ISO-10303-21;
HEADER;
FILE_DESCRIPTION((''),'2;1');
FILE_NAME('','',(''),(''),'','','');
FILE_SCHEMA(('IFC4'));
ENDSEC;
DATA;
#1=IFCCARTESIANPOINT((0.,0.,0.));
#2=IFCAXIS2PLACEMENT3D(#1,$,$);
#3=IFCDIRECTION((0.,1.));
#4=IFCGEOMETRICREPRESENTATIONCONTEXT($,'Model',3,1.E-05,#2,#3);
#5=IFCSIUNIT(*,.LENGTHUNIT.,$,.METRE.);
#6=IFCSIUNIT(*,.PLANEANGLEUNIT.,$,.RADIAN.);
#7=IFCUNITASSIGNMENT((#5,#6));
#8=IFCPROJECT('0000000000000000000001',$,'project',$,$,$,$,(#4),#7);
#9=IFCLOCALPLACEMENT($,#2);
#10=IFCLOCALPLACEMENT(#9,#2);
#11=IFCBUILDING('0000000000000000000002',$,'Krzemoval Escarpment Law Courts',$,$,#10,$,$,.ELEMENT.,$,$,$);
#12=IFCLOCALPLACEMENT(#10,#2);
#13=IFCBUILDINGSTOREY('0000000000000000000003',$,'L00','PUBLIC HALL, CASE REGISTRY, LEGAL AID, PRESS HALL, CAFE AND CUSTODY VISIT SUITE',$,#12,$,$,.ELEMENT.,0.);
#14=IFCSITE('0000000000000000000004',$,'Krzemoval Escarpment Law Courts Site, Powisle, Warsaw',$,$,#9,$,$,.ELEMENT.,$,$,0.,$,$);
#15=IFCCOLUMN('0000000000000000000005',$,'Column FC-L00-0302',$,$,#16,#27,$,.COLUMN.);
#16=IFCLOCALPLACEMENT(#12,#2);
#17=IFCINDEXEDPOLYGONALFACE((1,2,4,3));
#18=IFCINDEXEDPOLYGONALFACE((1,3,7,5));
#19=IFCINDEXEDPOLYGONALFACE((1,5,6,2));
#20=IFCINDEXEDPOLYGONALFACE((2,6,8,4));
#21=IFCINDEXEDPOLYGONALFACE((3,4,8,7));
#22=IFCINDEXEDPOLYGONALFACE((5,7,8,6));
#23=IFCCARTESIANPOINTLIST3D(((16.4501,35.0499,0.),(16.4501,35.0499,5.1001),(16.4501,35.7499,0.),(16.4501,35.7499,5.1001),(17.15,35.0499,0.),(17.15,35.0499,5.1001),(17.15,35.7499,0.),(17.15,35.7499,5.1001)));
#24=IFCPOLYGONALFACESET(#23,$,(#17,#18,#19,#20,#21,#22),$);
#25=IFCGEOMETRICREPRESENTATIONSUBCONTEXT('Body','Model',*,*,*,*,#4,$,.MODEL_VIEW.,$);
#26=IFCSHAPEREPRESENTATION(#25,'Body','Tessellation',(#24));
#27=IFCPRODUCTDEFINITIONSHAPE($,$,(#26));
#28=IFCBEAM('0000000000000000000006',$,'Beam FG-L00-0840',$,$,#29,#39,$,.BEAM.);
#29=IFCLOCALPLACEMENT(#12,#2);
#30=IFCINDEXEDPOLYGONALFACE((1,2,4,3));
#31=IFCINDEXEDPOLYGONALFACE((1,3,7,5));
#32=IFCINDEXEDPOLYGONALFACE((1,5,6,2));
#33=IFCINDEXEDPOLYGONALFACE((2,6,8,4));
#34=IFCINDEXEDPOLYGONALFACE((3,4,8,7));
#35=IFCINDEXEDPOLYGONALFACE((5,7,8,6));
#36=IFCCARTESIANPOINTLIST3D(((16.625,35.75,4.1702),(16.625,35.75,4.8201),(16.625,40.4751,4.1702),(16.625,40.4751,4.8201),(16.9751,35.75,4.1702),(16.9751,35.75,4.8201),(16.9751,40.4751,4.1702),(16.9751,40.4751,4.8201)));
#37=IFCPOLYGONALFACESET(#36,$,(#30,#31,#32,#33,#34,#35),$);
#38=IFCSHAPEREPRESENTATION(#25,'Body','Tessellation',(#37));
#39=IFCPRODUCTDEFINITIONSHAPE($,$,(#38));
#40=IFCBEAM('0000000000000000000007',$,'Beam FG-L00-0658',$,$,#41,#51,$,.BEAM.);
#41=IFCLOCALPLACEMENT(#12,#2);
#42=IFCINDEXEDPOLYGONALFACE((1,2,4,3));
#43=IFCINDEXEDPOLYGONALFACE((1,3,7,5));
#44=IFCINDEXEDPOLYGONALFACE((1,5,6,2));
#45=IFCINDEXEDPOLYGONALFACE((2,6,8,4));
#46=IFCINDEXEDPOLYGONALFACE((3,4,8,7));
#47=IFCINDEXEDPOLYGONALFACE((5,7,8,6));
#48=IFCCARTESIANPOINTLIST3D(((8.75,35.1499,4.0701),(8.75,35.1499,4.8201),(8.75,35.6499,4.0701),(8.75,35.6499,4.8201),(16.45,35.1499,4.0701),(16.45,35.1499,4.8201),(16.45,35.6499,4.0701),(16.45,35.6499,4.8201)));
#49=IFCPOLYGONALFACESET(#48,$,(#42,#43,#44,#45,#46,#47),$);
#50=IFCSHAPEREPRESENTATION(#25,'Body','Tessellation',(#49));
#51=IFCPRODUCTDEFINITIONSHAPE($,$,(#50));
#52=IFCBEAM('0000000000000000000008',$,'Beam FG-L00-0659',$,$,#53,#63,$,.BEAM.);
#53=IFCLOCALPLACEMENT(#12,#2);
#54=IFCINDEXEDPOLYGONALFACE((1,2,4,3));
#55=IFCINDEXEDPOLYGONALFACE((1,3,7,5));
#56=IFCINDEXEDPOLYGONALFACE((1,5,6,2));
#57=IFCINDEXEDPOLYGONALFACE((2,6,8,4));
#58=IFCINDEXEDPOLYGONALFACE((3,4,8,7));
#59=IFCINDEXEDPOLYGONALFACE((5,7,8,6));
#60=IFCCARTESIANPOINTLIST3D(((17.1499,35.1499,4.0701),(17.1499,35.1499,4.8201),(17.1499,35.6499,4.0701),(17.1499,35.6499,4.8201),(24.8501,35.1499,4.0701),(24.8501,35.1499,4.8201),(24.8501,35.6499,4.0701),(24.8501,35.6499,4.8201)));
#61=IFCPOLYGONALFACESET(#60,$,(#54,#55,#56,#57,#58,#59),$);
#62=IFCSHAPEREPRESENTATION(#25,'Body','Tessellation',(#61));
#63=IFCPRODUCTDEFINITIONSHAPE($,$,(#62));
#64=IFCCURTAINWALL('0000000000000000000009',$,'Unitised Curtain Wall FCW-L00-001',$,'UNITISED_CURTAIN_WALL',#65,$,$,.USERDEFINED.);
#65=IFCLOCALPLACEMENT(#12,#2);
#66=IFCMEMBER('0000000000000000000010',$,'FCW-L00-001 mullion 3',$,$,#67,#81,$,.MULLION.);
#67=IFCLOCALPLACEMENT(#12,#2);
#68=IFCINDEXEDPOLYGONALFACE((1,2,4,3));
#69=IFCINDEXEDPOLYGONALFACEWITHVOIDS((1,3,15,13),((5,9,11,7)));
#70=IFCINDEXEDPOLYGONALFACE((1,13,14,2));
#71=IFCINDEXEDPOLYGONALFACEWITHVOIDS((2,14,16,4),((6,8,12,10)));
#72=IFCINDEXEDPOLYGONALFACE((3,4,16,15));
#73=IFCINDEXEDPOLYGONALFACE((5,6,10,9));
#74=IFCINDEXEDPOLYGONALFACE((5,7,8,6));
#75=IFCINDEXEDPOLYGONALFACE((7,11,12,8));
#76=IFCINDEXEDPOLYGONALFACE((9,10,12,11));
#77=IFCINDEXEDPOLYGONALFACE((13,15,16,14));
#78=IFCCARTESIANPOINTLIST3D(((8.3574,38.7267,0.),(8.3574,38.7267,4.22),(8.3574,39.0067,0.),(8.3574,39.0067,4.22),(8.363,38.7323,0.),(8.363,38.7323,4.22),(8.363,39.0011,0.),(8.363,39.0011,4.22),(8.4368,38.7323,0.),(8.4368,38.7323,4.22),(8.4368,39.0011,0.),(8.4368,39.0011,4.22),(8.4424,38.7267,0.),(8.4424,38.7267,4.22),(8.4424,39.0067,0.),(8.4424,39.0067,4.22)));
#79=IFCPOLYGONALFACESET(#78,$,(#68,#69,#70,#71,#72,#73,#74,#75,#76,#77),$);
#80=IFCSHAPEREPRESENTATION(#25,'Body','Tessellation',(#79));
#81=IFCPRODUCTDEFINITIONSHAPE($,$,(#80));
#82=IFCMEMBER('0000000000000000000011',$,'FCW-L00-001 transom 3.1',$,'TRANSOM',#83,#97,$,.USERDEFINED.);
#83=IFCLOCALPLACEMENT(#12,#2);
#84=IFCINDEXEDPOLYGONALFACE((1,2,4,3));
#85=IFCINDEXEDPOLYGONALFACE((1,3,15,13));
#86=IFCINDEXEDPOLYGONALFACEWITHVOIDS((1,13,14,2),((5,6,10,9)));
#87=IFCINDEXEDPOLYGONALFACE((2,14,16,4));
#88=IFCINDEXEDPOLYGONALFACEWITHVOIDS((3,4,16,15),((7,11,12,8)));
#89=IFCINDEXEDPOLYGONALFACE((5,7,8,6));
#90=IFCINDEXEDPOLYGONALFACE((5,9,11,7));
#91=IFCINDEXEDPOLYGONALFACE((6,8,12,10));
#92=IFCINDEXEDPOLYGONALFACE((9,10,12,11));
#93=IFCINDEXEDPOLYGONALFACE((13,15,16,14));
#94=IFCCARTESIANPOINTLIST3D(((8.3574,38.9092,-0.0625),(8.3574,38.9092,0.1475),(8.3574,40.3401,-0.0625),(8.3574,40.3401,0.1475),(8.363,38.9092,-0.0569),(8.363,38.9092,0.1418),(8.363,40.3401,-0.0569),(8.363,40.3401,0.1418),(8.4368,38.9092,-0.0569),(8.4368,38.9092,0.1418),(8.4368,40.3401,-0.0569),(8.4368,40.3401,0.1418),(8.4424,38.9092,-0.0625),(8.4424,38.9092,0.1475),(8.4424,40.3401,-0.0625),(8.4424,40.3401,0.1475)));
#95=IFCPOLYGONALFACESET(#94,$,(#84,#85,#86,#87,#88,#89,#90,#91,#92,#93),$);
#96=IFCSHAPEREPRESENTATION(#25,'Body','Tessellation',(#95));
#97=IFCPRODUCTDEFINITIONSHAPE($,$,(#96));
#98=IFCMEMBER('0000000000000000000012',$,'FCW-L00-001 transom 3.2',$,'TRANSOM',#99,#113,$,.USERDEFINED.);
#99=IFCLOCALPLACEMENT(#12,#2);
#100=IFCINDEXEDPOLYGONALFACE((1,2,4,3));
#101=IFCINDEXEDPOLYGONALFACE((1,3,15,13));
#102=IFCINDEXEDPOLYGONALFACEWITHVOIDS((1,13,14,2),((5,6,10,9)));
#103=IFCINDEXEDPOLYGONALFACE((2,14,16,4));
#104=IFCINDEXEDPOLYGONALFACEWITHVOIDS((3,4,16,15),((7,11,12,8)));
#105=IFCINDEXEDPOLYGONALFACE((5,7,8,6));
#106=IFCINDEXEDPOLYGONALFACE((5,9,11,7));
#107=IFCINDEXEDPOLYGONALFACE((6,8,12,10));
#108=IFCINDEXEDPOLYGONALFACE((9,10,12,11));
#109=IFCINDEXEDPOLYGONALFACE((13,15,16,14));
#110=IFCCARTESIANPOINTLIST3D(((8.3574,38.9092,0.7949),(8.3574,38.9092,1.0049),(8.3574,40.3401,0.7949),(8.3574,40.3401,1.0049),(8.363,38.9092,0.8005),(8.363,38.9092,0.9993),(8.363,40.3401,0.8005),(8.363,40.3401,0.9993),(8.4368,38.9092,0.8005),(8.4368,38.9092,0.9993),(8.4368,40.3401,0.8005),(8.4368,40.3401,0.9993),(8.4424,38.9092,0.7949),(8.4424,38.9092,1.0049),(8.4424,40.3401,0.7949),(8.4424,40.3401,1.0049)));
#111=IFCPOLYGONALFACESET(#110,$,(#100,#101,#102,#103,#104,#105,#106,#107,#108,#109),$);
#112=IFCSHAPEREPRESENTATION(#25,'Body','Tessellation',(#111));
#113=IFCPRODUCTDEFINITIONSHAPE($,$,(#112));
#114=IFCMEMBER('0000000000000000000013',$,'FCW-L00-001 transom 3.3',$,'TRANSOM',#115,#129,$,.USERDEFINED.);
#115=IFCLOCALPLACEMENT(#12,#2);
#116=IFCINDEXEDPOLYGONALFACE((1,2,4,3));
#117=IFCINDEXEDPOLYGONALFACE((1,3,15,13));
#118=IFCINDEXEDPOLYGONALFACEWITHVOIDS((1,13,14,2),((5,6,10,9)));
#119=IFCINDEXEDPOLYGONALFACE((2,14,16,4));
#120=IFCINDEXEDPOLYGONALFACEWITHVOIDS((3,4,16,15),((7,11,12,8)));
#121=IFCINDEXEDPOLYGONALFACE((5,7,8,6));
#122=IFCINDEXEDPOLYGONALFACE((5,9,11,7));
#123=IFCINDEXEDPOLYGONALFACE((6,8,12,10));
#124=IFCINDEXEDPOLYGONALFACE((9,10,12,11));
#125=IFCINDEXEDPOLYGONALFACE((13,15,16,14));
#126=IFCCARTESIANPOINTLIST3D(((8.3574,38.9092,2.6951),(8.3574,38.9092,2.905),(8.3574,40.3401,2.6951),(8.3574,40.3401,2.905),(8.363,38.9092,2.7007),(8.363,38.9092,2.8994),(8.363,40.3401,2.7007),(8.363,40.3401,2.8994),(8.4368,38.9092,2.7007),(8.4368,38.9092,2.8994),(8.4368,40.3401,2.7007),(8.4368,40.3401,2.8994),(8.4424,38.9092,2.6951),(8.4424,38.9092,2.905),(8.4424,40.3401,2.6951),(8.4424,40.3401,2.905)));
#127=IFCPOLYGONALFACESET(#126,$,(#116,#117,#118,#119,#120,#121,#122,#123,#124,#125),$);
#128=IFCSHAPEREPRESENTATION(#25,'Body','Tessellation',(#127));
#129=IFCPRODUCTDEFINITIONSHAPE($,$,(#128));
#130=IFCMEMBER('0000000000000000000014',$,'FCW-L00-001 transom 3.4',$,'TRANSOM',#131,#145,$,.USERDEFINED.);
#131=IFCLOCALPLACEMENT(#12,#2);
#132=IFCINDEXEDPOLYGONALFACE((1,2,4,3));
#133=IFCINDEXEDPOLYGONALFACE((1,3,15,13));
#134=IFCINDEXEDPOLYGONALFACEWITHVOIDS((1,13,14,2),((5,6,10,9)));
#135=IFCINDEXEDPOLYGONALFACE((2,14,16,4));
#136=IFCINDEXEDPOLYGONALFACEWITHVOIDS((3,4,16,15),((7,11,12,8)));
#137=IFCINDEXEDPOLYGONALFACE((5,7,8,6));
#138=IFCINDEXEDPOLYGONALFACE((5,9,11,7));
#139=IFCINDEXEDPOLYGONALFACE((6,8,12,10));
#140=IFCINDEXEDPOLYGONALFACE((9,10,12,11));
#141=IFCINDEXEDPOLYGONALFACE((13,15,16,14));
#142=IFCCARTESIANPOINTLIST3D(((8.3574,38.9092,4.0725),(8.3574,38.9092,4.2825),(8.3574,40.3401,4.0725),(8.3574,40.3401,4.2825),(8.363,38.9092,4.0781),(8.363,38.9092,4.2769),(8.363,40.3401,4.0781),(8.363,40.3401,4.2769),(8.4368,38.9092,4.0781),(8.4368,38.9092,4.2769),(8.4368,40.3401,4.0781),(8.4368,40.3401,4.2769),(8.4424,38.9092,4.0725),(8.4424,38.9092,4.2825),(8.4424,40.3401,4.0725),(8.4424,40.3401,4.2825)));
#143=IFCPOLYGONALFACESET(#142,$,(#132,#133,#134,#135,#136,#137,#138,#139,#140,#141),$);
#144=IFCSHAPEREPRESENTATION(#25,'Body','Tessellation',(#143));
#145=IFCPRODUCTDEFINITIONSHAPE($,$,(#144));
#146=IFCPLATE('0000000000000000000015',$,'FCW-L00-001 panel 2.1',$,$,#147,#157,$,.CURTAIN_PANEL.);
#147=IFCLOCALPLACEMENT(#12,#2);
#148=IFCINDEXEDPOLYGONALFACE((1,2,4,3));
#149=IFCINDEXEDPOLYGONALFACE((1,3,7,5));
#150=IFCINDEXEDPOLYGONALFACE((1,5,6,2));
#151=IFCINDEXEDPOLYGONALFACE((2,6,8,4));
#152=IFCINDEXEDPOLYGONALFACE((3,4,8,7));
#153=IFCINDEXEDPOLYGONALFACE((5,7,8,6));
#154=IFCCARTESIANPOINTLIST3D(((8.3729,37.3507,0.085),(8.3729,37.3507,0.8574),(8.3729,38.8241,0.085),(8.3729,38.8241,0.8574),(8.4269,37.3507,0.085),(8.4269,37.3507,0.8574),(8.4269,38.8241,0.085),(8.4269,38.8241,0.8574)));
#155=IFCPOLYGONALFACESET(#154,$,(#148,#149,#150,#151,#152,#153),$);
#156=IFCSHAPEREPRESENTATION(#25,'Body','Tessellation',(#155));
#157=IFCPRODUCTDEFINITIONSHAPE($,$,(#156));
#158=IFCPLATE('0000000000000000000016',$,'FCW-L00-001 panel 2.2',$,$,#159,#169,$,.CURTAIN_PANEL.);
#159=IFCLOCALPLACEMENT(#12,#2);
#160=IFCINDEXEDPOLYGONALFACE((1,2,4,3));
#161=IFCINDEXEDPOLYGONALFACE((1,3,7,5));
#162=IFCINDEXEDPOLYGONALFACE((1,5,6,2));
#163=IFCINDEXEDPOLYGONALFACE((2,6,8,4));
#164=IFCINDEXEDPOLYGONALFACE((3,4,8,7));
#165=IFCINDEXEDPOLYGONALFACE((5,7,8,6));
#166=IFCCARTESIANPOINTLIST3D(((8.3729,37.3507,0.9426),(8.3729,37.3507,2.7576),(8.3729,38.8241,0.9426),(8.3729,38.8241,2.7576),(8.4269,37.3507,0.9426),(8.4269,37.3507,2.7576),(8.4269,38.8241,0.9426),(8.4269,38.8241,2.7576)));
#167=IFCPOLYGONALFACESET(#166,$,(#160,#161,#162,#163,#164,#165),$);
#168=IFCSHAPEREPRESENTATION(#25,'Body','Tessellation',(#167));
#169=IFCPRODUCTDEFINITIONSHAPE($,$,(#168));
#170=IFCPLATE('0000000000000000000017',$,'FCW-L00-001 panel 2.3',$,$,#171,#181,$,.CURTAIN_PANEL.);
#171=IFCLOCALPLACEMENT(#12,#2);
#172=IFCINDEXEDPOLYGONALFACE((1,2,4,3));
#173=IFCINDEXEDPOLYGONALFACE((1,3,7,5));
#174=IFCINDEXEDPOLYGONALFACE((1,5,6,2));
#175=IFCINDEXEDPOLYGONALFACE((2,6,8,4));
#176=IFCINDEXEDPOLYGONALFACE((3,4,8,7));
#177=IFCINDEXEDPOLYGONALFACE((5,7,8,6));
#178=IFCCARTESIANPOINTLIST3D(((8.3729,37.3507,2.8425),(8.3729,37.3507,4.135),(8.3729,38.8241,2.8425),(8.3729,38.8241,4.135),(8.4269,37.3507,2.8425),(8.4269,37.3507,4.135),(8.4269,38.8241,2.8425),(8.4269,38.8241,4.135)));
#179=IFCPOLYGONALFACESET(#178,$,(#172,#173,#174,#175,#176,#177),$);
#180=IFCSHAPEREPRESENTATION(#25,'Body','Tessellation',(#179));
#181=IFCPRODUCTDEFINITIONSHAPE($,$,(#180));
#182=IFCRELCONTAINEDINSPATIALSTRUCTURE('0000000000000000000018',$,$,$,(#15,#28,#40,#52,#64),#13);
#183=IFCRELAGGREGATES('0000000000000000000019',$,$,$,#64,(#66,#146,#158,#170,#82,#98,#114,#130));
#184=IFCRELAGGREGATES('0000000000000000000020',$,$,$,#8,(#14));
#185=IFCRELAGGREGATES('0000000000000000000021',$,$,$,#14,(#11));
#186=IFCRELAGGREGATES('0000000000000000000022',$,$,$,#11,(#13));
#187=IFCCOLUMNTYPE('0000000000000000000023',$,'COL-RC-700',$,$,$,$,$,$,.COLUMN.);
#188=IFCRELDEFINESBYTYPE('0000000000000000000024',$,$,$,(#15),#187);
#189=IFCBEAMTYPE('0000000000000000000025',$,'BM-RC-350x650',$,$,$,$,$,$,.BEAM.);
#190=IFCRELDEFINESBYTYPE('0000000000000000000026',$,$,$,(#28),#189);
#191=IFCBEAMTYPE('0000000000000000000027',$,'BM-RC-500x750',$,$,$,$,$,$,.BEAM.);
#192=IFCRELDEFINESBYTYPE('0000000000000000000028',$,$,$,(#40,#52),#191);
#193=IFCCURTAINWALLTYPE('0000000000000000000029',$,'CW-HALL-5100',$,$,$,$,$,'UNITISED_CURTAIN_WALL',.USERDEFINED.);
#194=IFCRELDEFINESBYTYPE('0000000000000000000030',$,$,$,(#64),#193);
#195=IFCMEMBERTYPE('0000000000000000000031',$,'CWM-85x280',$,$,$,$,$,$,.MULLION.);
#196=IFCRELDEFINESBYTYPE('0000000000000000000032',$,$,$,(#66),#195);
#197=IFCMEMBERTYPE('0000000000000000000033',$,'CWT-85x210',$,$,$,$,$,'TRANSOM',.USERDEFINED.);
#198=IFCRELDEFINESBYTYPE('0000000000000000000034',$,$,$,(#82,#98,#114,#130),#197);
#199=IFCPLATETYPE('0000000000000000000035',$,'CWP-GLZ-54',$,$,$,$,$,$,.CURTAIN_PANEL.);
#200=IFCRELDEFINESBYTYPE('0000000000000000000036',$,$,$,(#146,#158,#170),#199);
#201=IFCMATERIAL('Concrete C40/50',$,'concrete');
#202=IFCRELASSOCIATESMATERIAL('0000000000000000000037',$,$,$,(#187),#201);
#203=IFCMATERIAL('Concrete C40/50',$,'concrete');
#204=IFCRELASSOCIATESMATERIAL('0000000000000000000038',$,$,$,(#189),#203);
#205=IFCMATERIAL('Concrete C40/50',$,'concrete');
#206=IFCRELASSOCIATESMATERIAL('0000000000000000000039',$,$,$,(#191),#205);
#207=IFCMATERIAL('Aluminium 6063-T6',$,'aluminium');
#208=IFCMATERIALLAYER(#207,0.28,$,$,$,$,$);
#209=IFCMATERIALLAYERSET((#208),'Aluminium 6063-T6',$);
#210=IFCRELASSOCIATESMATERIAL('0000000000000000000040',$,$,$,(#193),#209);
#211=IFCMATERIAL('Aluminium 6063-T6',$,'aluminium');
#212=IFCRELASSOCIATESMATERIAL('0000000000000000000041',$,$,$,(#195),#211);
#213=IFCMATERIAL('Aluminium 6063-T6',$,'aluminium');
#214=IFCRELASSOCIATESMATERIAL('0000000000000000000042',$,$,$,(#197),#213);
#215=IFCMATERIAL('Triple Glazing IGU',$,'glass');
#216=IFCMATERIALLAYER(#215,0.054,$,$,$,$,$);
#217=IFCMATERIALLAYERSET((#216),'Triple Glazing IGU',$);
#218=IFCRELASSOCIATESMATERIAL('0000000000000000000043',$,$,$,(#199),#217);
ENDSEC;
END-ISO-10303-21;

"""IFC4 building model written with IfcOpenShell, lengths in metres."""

from ifc_helpers import new_model, si_unit, direction, frame, origin, origin_2d, place, context, subcontext, project, spatial, rectangle, hollow_rectangle, extrude, material, layer, layer_set, material_profile, profile_set, type_object, element, aggregate, save


model = new_model("IFC4")

# Units and contexts
model_context = context("Model", 3, precision=1e-05, world=origin(), true_north=direction((0.0, 1.0)))
body_context = subcontext(model_context, "Body", "Model", "MODEL_VIEW")
ifc_project = project(units=[si_unit("LENGTHUNIT", "METRE"), si_unit("PLANEANGLEUNIT", "RADIAN")], contexts=[model_context])

# Site, building, storey
site_placement = place(None, origin())
site = spatial("IfcSite", under=ifc_project, at=site_placement, Name="Krzemoval Escarpment Law Courts Site, Powisle, Warsaw", CompositionType="ELEMENT", RefElevation=0.0)
building_placement = place(site_placement, origin())
building = spatial("IfcBuilding", under=site, at=building_placement, Name="Krzemoval Escarpment Law Courts", CompositionType="ELEMENT")
storey_placement = place(building_placement, origin())
storey = spatial("IfcBuildingStorey", under=building, at=storey_placement, Name="L00", Description="PUBLIC HALL, CASE REGISTRY, LEGAL AID, PRESS HALL, CAFE AND CUSTODY VISIT SUITE", CompositionType="ELEMENT", Elevation=0.0)

# Column
ifc_material_1 = material(Name="Concrete C40/50", Category="concrete")
ifc_material_profile_1 = material_profile(ifc_material_1, rectangle(XDim=0.7, YDim=0.7, at=origin_2d()), Name="RC 700x700")
ifc_profile_set_1 = profile_set([ifc_material_profile_1], Name="Concrete C40/50")
column_type = type_object("IfcColumnType", Name="COL-RC-700", PredefinedType="COLUMN", material=ifc_profile_set_1)
column_placement = place(storey_placement, frame((16.8, 35.3999, 0.0), z_axis=(0.0, 0.0, 1.0), x_axis=(1.0, 0.0, 0.0)))
element("IfcColumn", 1, at=column_placement, inside=storey, type_object=column_type, Name="Column FC-L00-0302", PredefinedType="COLUMN", context=body_context, shape_type="SweptSolid", body=[
    extrude(rectangle(XDim=0.7, YDim=0.7, at=origin_2d()), origin(), (0.0, 0.0, 1.0), 5.1001),
])

# Beams
ifc_material_2 = material(Name="Concrete C40/50", Category="concrete")
ifc_material_profile_2 = material_profile(ifc_material_2, rectangle(XDim=0.3501, YDim=0.6499, at=origin_2d()), Name="RCB 350x650")
ifc_profile_set_2 = profile_set([ifc_material_profile_2], Name="Concrete C40/50")
beam_type_1 = type_object("IfcBeamType", Name="BM-RC-350x650", PredefinedType="BEAM", material=ifc_profile_set_2)
beam_1_placement = place(storey_placement, frame((16.8, 35.75, 4.4951), z_axis=(0.0, 1.0, 0.0), x_axis=(-1.0, 0.0, 0.0)))
element("IfcBeam", 2, at=beam_1_placement, inside=storey, type_object=beam_type_1, Name="Beam FG-L00-0840", PredefinedType="BEAM", context=body_context, shape_type="SweptSolid", body=[
    extrude(rectangle(XDim=0.3501, YDim=0.6499, at=origin_2d()), origin(), (0.0, 0.0, 1.0), 4.7251),
])
ifc_material_3 = material(Name="Concrete C40/50", Category="concrete")
ifc_material_profile_3 = material_profile(ifc_material_3, rectangle(XDim=0.5, YDim=0.75, at=origin_2d()), Name="RCB 500x750")
ifc_profile_set_3 = profile_set([ifc_material_profile_3], Name="Concrete C40/50")
beam_type_2 = type_object("IfcBeamType", Name="BM-RC-500x750", PredefinedType="BEAM", material=ifc_profile_set_3)
beam_2_placement = place(storey_placement, frame((8.75, 35.3999, 4.4451), z_axis=(1.0, 0.0, 0.0), x_axis=(0.0, 1.0, 0.0)))
element("IfcBeam", 3, at=beam_2_placement, inside=storey, type_object=beam_type_2, Name="Beam FG-L00-0658", PredefinedType="BEAM", context=body_context, shape_type="SweptSolid", body=[
    extrude(rectangle(XDim=0.5, YDim=0.75, at=origin_2d()), origin(), (0.0, 0.0, 1.0), 7.7),
])
beam_3_placement = place(storey_placement, frame((17.1499, 35.3999, 4.4451), z_axis=(1.0, 0.0, 0.0), x_axis=(0.0, 1.0, 0.0)))
element("IfcBeam", 4, at=beam_3_placement, inside=storey, type_object=beam_type_2, Name="Beam FG-L00-0659", PredefinedType="BEAM", context=body_context, shape_type="SweptSolid", body=[
    extrude(rectangle(XDim=0.5, YDim=0.75, at=origin_2d()), origin(), (0.0, 0.0, 1.0), 7.7002),
])

# Curtain wall, members, plates
ifc_material_4 = material(Name="Aluminium 6063-T6", Category="aluminium")
ifc_layer_1 = layer(ifc_material_4, 0.28)
ifc_layer_set_1 = layer_set([ifc_layer_1], Name="Aluminium 6063-T6")
curtain_wall_type = type_object("IfcCurtainWallType", Name="CW-HALL-5100", ElementType="UNITISED_CURTAIN_WALL", PredefinedType="USERDEFINED", material=ifc_layer_set_1)
curtain_wall_placement = place(storey_placement, origin())
curtain_wall = element("IfcCurtainWall", 5, at=curtain_wall_placement, inside=storey, type_object=curtain_wall_type, Name="Unitised Curtain Wall FCW-L00-001", ObjectType="UNITISED_CURTAIN_WALL", PredefinedType="USERDEFINED")
ifc_material_5 = material(Name="Aluminium 6063-T6", Category="aluminium")
ifc_material_profile_4 = material_profile(ifc_material_5, hollow_rectangle(XDim=0.085, YDim=0.28, WallThickness=0.0056, at=origin_2d()), Name="ALU M85x280")
ifc_profile_set_4 = profile_set([ifc_material_profile_4], Name="Aluminium 6063-T6")
member_type_1 = type_object("IfcMemberType", Name="CWM-85x280", PredefinedType="MULLION", material=ifc_profile_set_4)
member_1_placement = place(storey_placement, frame((8.3999, 38.8667, 0.0), z_axis=(0.0, 0.0, 1.0), x_axis=(-1.0, 0.0, 0.0)))
member_1 = element("IfcMember", 6, at=member_1_placement, type_object=member_type_1, Name="FCW-L00-001 mullion 3", PredefinedType="MULLION", context=body_context, shape_type="SweptSolid", body=[
    extrude(hollow_rectangle(XDim=0.085, YDim=0.28, WallThickness=0.0056, at=origin_2d()), origin(), (0.0, 0.0, 1.0), 4.22),
])
ifc_material_6 = material(Name="Aluminium 6063-T6", Category="aluminium")
ifc_material_profile_5 = material_profile(ifc_material_6, hollow_rectangle(XDim=0.085, YDim=0.21, WallThickness=0.0056, at=origin_2d()), Name="ALU T85x210")
ifc_profile_set_5 = profile_set([ifc_material_profile_5], Name="Aluminium 6063-T6")
member_type_2 = type_object("IfcMemberType", Name="CWT-85x210", ElementType="TRANSOM", PredefinedType="USERDEFINED", material=ifc_profile_set_5)
member_2_placement = place(storey_placement, frame((8.3999, 38.9092, 0.0425), z_axis=(0.0, 1.0, 0.0), x_axis=(-1.0, 0.0, 0.0)))
member_2 = element("IfcMember", 7, at=member_2_placement, type_object=member_type_2, Name="FCW-L00-001 transom 3.1", ObjectType="TRANSOM", PredefinedType="USERDEFINED", context=body_context, shape_type="SweptSolid", body=[
    extrude(hollow_rectangle(XDim=0.085, YDim=0.21, WallThickness=0.0056, at=origin_2d()), origin(), (0.0, 0.0, 1.0), 1.4309),
])
member_3_placement = place(storey_placement, frame((8.3999, 38.9092, 0.8999), z_axis=(0.0, 1.0, 0.0), x_axis=(-1.0, 0.0, 0.0)))
member_3 = element("IfcMember", 8, at=member_3_placement, type_object=member_type_2, Name="FCW-L00-001 transom 3.2", ObjectType="TRANSOM", PredefinedType="USERDEFINED", context=body_context, shape_type="SweptSolid", body=[
    extrude(hollow_rectangle(XDim=0.085, YDim=0.21, WallThickness=0.0056, at=origin_2d()), origin(), (0.0, 0.0, 1.0), 1.4309),
])
member_4_placement = place(storey_placement, frame((8.3999, 38.9092, 2.8), z_axis=(0.0, 1.0, 0.0), x_axis=(-1.0, 0.0, 0.0)))
member_4 = element("IfcMember", 9, at=member_4_placement, type_object=member_type_2, Name="FCW-L00-001 transom 3.3", ObjectType="TRANSOM", PredefinedType="USERDEFINED", context=body_context, shape_type="SweptSolid", body=[
    extrude(hollow_rectangle(XDim=0.085, YDim=0.21, WallThickness=0.0056, at=origin_2d()), origin(), (0.0, 0.0, 1.0), 1.4309),
])
member_5_placement = place(storey_placement, frame((8.3999, 38.9092, 4.1775), z_axis=(0.0, 1.0, 0.0), x_axis=(-1.0, 0.0, 0.0)))
member_5 = element("IfcMember", 10, at=member_5_placement, type_object=member_type_2, Name="FCW-L00-001 transom 3.4", ObjectType="TRANSOM", PredefinedType="USERDEFINED", context=body_context, shape_type="SweptSolid", body=[
    extrude(hollow_rectangle(XDim=0.085, YDim=0.21, WallThickness=0.0056, at=origin_2d()), origin(), (0.0, 0.0, 1.0), 1.4309),
])
ifc_material_7 = material(Name="Triple Glazing IGU", Category="glass")
ifc_layer_2 = layer(ifc_material_7, 0.054)
ifc_layer_set_2 = layer_set([ifc_layer_2], Name="Triple Glazing IGU")
plate_type = type_object("IfcPlateType", Name="CWP-GLZ-54", PredefinedType="CURTAIN_PANEL", material=ifc_layer_set_2)
plate_1_placement = place(storey_placement, frame((8.3999, 38.0874, 0.085), z_axis=(0.0, 0.0, 1.0), x_axis=(0.0, 1.0, 0.0)))
plate_1 = element("IfcPlate", 11, at=plate_1_placement, type_object=plate_type, Name="FCW-L00-001 panel 2.1", PredefinedType="CURTAIN_PANEL", context=body_context, shape_type="SweptSolid", body=[
    extrude(rectangle(XDim=1.4734, YDim=0.054, at=origin_2d()), origin(), (0.0, 0.0, 1.0), 0.7725),
])
plate_2_placement = place(storey_placement, frame((8.3999, 38.0874, 0.9426), z_axis=(0.0, 0.0, 1.0), x_axis=(0.0, 1.0, 0.0)))
plate_2 = element("IfcPlate", 12, at=plate_2_placement, type_object=plate_type, Name="FCW-L00-001 panel 2.2", PredefinedType="CURTAIN_PANEL", context=body_context, shape_type="SweptSolid", body=[
    extrude(rectangle(XDim=1.4734, YDim=0.054, at=origin_2d()), origin(), (0.0, 0.0, 1.0), 1.8149),
])
plate_3_placement = place(storey_placement, frame((8.3999, 38.0874, 2.8425), z_axis=(0.0, 0.0, 1.0), x_axis=(0.0, 1.0, 0.0)))
plate_3 = element("IfcPlate", 13, at=plate_3_placement, type_object=plate_type, Name="FCW-L00-001 panel 2.3", PredefinedType="CURTAIN_PANEL", context=body_context, shape_type="SweptSolid", body=[
    extrude(rectangle(XDim=1.4734, YDim=0.054, at=origin_2d()), origin(), (0.0, 0.0, 1.0), 1.2925),
])
aggregate(curtain_wall, [member_1, plate_1, plate_2, plate_3, member_2, member_3, member_4, member_5])

save(model, "model.ifc")
